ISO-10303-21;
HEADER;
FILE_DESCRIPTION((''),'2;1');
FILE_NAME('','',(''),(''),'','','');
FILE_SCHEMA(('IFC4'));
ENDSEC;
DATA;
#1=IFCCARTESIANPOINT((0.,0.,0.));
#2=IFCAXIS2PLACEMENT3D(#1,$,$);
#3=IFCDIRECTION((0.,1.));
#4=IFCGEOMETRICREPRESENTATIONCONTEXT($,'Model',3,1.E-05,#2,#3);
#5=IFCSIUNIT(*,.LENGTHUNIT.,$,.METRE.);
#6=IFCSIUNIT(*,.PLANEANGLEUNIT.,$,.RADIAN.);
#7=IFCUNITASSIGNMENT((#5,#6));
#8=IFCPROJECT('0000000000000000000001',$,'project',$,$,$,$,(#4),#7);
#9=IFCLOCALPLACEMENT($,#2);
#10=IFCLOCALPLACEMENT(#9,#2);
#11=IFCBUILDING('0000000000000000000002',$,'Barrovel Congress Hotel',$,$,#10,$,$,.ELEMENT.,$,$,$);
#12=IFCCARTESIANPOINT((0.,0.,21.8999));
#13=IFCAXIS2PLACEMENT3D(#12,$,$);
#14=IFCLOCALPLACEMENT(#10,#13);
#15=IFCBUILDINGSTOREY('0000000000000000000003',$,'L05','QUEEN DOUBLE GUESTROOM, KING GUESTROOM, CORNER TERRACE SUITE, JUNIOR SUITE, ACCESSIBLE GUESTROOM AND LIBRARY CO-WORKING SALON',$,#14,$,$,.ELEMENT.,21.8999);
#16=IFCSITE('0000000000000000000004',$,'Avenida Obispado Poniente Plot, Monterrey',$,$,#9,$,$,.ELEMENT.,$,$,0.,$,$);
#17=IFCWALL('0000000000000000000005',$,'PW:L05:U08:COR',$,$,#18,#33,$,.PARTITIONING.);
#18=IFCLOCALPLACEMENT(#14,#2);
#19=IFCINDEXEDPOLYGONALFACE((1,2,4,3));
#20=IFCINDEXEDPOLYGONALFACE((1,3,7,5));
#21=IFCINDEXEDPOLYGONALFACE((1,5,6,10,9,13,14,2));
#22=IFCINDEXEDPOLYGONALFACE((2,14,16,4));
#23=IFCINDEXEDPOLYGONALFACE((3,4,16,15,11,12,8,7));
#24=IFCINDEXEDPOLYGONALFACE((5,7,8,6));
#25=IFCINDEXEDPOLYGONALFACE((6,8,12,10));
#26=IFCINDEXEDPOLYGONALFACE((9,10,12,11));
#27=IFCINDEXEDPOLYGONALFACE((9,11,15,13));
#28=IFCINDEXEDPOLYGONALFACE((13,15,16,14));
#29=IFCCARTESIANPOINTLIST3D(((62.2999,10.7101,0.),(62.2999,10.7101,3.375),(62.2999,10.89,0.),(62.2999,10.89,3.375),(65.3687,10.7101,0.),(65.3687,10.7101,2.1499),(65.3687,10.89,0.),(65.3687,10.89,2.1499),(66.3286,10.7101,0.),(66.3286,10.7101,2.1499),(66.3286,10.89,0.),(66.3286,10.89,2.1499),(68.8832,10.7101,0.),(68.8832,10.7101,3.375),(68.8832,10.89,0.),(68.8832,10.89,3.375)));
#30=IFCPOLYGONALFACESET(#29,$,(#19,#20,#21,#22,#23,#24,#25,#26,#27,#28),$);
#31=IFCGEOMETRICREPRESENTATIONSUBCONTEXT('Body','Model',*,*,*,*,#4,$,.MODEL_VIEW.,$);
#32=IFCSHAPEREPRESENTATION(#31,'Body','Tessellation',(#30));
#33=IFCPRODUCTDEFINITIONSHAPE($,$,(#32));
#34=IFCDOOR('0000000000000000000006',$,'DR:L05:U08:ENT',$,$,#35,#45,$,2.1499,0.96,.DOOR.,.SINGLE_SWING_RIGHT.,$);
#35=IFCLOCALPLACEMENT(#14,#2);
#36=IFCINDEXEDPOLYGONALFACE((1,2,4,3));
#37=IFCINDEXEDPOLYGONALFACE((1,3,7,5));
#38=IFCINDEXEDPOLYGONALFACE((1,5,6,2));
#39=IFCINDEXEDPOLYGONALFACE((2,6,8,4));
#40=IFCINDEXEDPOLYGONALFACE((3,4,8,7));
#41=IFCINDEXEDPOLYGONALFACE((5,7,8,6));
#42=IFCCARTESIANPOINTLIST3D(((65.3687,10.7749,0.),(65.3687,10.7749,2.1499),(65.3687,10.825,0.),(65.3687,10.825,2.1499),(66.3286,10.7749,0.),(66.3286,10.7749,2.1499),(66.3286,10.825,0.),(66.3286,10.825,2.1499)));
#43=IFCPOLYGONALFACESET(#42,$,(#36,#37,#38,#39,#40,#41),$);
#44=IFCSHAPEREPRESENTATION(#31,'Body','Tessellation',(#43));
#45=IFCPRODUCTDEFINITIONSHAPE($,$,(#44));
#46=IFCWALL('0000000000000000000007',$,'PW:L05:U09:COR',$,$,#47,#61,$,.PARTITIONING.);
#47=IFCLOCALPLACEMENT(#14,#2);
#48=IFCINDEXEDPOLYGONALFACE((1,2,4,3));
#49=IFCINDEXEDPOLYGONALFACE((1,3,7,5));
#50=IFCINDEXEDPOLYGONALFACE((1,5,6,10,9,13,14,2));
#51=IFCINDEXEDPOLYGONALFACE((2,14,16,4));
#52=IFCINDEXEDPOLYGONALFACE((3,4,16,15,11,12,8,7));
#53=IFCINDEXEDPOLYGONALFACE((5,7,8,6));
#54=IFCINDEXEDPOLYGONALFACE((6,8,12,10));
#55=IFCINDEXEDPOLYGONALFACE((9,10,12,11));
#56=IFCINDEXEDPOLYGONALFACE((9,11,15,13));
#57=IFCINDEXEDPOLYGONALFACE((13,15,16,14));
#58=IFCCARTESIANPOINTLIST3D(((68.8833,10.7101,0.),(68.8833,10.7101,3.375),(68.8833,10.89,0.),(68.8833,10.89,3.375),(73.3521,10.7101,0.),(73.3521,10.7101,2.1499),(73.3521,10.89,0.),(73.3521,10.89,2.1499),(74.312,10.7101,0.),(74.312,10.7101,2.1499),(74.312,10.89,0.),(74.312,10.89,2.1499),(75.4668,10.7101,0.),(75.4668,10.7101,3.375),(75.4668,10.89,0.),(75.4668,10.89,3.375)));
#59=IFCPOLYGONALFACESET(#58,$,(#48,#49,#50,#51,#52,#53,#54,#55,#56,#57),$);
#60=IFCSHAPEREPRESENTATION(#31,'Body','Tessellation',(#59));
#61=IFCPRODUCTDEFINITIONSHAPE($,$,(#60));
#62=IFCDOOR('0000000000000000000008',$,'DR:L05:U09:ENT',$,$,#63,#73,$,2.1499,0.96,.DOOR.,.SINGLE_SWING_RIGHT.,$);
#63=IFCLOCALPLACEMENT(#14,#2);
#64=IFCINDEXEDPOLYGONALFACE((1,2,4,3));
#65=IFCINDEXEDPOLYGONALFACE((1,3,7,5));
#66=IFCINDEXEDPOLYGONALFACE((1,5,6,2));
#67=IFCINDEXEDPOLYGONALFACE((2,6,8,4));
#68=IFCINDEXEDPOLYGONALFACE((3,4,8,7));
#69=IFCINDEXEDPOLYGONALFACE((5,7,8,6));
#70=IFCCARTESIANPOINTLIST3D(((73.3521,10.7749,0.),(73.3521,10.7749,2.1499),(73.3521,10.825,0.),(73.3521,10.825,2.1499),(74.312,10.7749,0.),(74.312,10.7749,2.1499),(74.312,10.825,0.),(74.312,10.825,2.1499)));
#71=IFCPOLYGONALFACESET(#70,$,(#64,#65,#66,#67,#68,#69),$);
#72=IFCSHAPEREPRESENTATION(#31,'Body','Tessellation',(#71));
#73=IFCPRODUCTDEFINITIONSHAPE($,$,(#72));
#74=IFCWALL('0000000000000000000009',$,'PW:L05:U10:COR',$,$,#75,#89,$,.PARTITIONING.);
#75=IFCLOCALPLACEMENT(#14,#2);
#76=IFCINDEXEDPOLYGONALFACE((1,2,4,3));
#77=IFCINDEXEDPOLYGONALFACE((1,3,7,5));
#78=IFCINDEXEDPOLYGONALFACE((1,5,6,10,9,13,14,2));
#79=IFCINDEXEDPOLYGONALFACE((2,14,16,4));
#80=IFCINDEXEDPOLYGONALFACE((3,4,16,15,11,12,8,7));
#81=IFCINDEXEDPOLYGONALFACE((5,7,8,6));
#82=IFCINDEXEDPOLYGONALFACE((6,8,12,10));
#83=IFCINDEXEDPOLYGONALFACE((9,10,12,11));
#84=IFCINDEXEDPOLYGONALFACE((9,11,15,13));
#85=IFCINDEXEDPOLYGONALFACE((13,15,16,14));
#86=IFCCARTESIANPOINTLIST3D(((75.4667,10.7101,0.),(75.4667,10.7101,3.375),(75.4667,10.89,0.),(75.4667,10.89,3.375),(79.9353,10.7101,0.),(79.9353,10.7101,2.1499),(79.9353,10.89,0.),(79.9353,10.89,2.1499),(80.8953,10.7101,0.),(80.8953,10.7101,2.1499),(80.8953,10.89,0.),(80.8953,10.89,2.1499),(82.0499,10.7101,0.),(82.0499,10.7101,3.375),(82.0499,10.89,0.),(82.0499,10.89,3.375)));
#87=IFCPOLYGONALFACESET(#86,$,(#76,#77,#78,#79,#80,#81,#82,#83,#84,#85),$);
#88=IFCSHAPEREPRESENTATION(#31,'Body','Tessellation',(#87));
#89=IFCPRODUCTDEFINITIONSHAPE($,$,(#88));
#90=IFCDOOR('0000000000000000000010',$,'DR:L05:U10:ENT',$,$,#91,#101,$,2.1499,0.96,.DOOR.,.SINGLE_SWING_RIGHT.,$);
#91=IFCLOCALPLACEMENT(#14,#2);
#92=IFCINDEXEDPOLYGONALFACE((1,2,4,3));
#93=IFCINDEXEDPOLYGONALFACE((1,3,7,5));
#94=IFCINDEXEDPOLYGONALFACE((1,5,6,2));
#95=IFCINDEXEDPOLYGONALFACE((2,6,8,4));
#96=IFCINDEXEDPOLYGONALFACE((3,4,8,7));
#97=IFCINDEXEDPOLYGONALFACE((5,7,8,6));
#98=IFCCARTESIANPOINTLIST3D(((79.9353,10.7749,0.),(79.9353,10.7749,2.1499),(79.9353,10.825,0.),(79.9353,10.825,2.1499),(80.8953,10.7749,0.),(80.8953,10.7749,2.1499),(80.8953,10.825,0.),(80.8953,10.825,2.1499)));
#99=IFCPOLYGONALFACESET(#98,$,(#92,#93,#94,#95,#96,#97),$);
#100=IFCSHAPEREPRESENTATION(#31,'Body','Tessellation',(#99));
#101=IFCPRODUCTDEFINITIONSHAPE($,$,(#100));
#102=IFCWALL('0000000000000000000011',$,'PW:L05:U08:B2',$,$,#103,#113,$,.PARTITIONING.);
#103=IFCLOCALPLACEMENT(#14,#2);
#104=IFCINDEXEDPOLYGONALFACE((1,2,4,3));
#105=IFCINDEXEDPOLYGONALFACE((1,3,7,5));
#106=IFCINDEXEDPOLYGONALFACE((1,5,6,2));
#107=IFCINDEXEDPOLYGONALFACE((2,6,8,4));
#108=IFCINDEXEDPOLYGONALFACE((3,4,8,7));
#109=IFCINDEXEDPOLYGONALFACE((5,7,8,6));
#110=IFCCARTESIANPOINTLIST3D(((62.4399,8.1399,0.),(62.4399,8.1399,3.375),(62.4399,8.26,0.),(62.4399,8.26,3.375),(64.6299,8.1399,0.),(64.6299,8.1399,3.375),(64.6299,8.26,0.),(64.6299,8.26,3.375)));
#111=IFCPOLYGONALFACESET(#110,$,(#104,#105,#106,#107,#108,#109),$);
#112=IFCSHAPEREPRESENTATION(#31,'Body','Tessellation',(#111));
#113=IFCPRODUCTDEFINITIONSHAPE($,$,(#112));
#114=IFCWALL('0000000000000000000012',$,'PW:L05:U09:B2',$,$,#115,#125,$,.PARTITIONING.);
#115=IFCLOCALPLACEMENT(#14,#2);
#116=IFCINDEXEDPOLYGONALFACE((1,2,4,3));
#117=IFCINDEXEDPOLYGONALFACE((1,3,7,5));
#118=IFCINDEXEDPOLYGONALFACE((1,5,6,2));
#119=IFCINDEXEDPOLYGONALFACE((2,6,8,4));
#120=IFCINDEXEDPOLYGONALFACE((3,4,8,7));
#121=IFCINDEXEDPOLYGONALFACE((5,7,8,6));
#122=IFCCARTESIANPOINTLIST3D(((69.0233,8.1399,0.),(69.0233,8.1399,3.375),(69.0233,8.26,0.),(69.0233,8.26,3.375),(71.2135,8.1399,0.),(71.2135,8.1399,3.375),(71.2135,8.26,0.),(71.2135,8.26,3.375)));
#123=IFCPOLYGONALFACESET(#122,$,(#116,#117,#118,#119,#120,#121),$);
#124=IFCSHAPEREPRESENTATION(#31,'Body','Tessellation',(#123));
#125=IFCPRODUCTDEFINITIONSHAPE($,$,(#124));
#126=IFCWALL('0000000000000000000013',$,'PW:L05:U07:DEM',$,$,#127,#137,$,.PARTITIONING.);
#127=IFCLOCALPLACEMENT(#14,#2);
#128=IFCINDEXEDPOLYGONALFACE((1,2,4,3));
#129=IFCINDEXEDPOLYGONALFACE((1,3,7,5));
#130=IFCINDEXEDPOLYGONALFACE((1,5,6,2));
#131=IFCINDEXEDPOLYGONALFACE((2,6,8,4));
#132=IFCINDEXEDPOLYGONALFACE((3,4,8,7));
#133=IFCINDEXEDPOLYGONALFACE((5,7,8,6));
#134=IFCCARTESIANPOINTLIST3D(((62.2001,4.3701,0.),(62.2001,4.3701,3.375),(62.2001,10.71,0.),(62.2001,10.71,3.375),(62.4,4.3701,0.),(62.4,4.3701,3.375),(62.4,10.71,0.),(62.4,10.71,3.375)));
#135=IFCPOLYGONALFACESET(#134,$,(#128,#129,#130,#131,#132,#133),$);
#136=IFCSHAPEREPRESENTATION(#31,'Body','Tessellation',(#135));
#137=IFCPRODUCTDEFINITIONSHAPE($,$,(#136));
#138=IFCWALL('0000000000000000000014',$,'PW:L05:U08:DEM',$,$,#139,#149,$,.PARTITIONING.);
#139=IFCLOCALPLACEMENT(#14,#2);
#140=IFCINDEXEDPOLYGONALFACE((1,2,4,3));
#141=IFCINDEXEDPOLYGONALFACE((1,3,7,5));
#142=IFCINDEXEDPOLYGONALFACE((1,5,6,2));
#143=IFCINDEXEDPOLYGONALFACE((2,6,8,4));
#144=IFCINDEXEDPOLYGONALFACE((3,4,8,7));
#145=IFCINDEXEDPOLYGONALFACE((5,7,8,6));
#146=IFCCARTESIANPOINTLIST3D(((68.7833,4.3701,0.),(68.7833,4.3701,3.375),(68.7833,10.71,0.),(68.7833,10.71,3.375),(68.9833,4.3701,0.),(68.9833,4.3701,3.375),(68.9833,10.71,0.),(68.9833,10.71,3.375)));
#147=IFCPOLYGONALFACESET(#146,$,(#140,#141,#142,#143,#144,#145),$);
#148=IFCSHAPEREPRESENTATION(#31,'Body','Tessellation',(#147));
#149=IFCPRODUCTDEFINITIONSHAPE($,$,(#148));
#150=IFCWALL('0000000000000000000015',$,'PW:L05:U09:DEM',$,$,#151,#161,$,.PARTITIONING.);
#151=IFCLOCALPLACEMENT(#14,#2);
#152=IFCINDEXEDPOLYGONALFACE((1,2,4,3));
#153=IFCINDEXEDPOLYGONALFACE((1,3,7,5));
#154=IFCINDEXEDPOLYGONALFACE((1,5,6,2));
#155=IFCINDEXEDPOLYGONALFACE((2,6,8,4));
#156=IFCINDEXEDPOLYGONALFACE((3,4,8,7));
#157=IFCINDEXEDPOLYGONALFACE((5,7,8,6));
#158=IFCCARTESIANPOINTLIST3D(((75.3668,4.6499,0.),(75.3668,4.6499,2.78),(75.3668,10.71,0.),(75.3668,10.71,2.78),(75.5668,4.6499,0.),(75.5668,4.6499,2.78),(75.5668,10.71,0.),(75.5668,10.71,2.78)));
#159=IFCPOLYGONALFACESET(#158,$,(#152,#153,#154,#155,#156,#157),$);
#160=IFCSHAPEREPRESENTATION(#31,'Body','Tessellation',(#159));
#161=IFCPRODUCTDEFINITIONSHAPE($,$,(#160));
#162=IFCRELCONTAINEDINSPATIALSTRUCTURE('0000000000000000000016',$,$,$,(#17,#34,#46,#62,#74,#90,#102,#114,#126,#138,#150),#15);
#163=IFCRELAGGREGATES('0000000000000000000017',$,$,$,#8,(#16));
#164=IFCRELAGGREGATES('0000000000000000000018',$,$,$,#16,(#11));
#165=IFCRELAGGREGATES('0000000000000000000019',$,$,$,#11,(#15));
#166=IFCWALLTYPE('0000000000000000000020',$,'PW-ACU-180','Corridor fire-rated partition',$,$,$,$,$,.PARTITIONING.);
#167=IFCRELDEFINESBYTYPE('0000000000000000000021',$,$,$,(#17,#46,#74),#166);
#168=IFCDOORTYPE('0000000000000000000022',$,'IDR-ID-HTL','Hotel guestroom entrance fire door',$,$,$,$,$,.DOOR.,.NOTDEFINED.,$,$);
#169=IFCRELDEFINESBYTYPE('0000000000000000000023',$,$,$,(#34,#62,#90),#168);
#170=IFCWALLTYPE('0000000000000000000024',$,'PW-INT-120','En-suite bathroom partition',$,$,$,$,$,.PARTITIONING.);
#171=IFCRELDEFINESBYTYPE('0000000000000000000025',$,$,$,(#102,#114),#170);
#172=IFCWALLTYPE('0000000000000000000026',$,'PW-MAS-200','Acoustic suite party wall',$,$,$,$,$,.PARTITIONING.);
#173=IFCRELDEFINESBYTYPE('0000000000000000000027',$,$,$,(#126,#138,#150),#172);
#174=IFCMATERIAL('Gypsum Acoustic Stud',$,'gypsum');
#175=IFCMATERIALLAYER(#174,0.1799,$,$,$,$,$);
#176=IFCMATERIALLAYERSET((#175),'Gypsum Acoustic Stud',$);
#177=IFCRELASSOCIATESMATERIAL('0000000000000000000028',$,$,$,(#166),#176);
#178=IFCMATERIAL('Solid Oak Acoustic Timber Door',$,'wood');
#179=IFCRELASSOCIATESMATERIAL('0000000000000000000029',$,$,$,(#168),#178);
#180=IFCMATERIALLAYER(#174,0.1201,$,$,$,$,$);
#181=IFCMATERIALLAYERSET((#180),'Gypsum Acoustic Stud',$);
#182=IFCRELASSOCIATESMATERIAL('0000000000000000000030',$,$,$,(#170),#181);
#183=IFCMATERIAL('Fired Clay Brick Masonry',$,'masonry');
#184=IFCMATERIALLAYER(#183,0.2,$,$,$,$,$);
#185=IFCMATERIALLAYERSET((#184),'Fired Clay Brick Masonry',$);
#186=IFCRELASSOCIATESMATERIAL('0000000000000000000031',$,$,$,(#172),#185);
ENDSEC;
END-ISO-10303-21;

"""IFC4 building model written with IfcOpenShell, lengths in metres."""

from ifc_helpers import new_model, si_unit, direction, frame, frame_2d, origin, place, context, subcontext, project, spatial, rectangle, extrude, material, layer, layer_set, type_object, element, fill, save


model = new_model("IFC4")

# Units and contexts
model_context = context("Model", 3, precision=1e-05, world=origin(), true_north=direction((0.0, 1.0)))
body_context = subcontext(model_context, "Body", "Model", "MODEL_VIEW")
ifc_project = project(units=[si_unit("LENGTHUNIT", "METRE"), si_unit("PLANEANGLEUNIT", "RADIAN")], contexts=[model_context])

# Site, building, storey
site_placement = place(None, origin())
site = spatial("IfcSite", under=ifc_project, at=site_placement, Name="Avenida Obispado Poniente Plot, Monterrey", CompositionType="ELEMENT", RefElevation=0.0)
building_placement = place(site_placement, origin())
building = spatial("IfcBuilding", under=site, at=building_placement, Name="Barrovel Congress Hotel", CompositionType="ELEMENT")
storey_placement = place(building_placement, frame((0.0, 0.0, 21.8999)))
storey = spatial("IfcBuildingStorey", under=building, at=storey_placement, Name="L05", Description="QUEEN DOUBLE GUESTROOM, KING GUESTROOM, CORNER TERRACE SUITE, JUNIOR SUITE, ACCESSIBLE GUESTROOM AND LIBRARY CO-WORKING SALON", CompositionType="ELEMENT", Elevation=21.8999)

# Shared definitions
ifc_material_1 = material(Name="Fired Clay Brick Masonry", Category="masonry")

# Walls, openings, doors
ifc_material_2 = material(Name="Gypsum Acoustic Stud", Category="gypsum")
ifc_layer_1 = layer(ifc_material_2, 0.1799)
ifc_layer_set_1 = layer_set([ifc_layer_1], Name="Gypsum Acoustic Stud")
wall_type_1 = type_object("IfcWallType", Name="PW-ACU-180", Description="Corridor fire-rated partition", PredefinedType="PARTITIONING", material=ifc_layer_set_1)
wall_1_placement = place(storey_placement, frame((62.3, 10.8, 0.0), z_axis=(0.0, 0.0, 1.0), x_axis=(1.0, 0.0, 0.0)))
wall_1 = element("IfcWall", 1, at=wall_1_placement, inside=storey, type_object=wall_type_1, Name="PW:L05:U08:COR", PredefinedType="PARTITIONING", context=body_context, shape_type="SweptSolid", body=[
    extrude(rectangle(XDim=6.5833, YDim=0.1799, at=frame_2d((3.2915, 0.0))), origin(), (0.0, 0.0, 1.0), 3.375),
])
opening_1_placement = place(wall_1_placement, frame((3.0686, 0.0, 0.0)))
opening_1 = element("IfcOpeningElement", 2, at=opening_1_placement, cuts=wall_1, PredefinedType="OPENING", context=body_context, shape_type="SweptSolid", body=[
    extrude(rectangle(XDim=0.96, YDim=2.1499, at=frame_2d((0.48, 1.075))), frame((0.0, 0.1001, 0.0), z_axis=(0.0, -1.0, 0.0), x_axis=(1.0, 0.0, 0.0)), (0.0, 0.0, 1.0), 0.2),
])
ifc_material_3 = material(Name="Solid Oak Acoustic Timber Door", Category="wood")
door_type_1 = type_object("IfcDoorType", Name="IDR-ID-HTL", Description="Hotel guestroom entrance fire door", OperationType="NOTDEFINED", PredefinedType="DOOR", material=ifc_material_3)
door_1_placement = place(opening_1_placement, origin())
door_1 = element("IfcDoor", 3, at=door_1_placement, inside=storey, type_object=door_type_1, Name="DR:L05:U08:ENT", OperationType="SINGLE_SWING_RIGHT", OverallHeight=2.1499, OverallWidth=0.96, PredefinedType="DOOR", context=body_context, shape_type="SweptSolid", body=[
    extrude(rectangle(XDim=0.96, YDim=2.1499, at=frame_2d((0.48, 1.075))), frame((0.0, 0.0249, 0.0), z_axis=(0.0, -1.0, 0.0), x_axis=(1.0, 0.0, 0.0)), (0.0, 0.0, 1.0), 0.05),
])
fill(opening_1, door_1)
wall_2_placement = place(storey_placement, frame((68.8833, 10.8, 0.0), z_axis=(0.0, 0.0, 1.0), x_axis=(1.0, 0.0, 0.0)))
wall_2 = element("IfcWall", 4, at=wall_2_placement, inside=storey, type_object=wall_type_1, Name="PW:L05:U09:COR", PredefinedType="PARTITIONING", context=body_context, shape_type="SweptSolid", body=[
    extrude(rectangle(XDim=6.5835, YDim=0.1799, at=frame_2d((3.2917, 0.0))), origin(), (0.0, 0.0, 1.0), 3.375),
])
opening_2_placement = place(wall_2_placement, frame((4.4688, 0.0, 0.0)))
opening_2 = element("IfcOpeningElement", 5, at=opening_2_placement, cuts=wall_2, PredefinedType="OPENING", context=body_context, shape_type="SweptSolid", body=[
    extrude(rectangle(XDim=0.96, YDim=2.1499, at=frame_2d((0.48, 1.075))), frame((0.0, 0.1001, 0.0), z_axis=(0.0, -1.0, 0.0), x_axis=(1.0, 0.0, 0.0)), (0.0, 0.0, 1.0), 0.2),
])
door_2_placement = place(opening_2_placement, origin())
door_2 = element("IfcDoor", 6, at=door_2_placement, inside=storey, type_object=door_type_1, Name="DR:L05:U09:ENT", OperationType="SINGLE_SWING_RIGHT", OverallHeight=2.1499, OverallWidth=0.96, PredefinedType="DOOR", context=body_context, shape_type="SweptSolid", body=[
    extrude(rectangle(XDim=0.96, YDim=2.1499, at=frame_2d((0.48, 1.075))), frame((0.0, 0.0249, 0.0), z_axis=(0.0, -1.0, 0.0), x_axis=(1.0, 0.0, 0.0)), (0.0, 0.0, 1.0), 0.05),
])
fill(opening_2, door_2)
wall_3_placement = place(storey_placement, frame((75.4668, 10.8, 0.0), z_axis=(0.0, 0.0, 1.0), x_axis=(1.0, 0.0, 0.0)))
wall_3 = element("IfcWall", 7, at=wall_3_placement, inside=storey, type_object=wall_type_1, Name="PW:L05:U10:COR", PredefinedType="PARTITIONING", context=body_context, shape_type="SweptSolid", body=[
    extrude(rectangle(XDim=6.5833, YDim=0.1799, at=frame_2d((3.2915, 0.0))), origin(), (0.0, 0.0, 1.0), 3.375),
])
opening_3_placement = place(wall_3_placement, frame((4.4685, 0.0, 0.0)))
opening_3 = element("IfcOpeningElement", 8, at=opening_3_placement, cuts=wall_3, PredefinedType="OPENING", context=body_context, shape_type="SweptSolid", body=[
    extrude(rectangle(XDim=0.96, YDim=2.1499, at=frame_2d((0.48, 1.075))), frame((0.0, 0.1001, 0.0), z_axis=(0.0, -1.0, 0.0), x_axis=(1.0, 0.0, 0.0)), (0.0, 0.0, 1.0), 0.2),
])
door_3_placement = place(opening_3_placement, origin())
door_3 = element("IfcDoor", 9, at=door_3_placement, inside=storey, type_object=door_type_1, Name="DR:L05:U10:ENT", OperationType="SINGLE_SWING_RIGHT", OverallHeight=2.1499, OverallWidth=0.96, PredefinedType="DOOR", context=body_context, shape_type="SweptSolid", body=[
    extrude(rectangle(XDim=0.96, YDim=2.1499, at=frame_2d((0.48, 1.075))), frame((0.0, 0.0249, 0.0), z_axis=(0.0, -1.0, 0.0), x_axis=(1.0, 0.0, 0.0)), (0.0, 0.0, 1.0), 0.05),
])
fill(opening_3, door_3)

# Walls
ifc_layer_2 = layer(ifc_material_2, 0.1201)
ifc_layer_set_2 = layer_set([ifc_layer_2], Name="Gypsum Acoustic Stud")
wall_type_2 = type_object("IfcWallType", Name="PW-INT-120", Description="En-suite bathroom partition", PredefinedType="PARTITIONING", material=ifc_layer_set_2)
wall_4_placement = place(storey_placement, frame((62.4399, 8.2, 0.0), z_axis=(0.0, 0.0, 1.0), x_axis=(1.0, 0.0, 0.0)))
element("IfcWall", 10, at=wall_4_placement, inside=storey, type_object=wall_type_2, Name="PW:L05:U08:B2", PredefinedType="PARTITIONING", context=body_context, shape_type="SweptSolid", body=[
    extrude(rectangle(XDim=2.1899, YDim=0.1201, at=frame_2d((1.095, 0.0))), origin(), (0.0, 0.0, 1.0), 3.375),
])
wall_5_placement = place(storey_placement, frame((69.0232, 8.2, 0.0), z_axis=(0.0, 0.0, 1.0), x_axis=(1.0, 0.0, 0.0)))
element("IfcWall", 11, at=wall_5_placement, inside=storey, type_object=wall_type_2, Name="PW:L05:U09:B2", PredefinedType="PARTITIONING", context=body_context, shape_type="SweptSolid", body=[
    extrude(rectangle(XDim=2.1902, YDim=0.1201, at=frame_2d((1.0952, 0.0))), origin(), (0.0, 0.0, 1.0), 3.375),
])
ifc_layer_3 = layer(ifc_material_1, 0.2)
ifc_layer_set_3 = layer_set([ifc_layer_3], Name="Fired Clay Brick Masonry")
wall_type_3 = type_object("IfcWallType", Name="PW-MAS-200", Description="Acoustic suite party wall", PredefinedType="PARTITIONING", material=ifc_layer_set_3)
for number, where, z_axis, x_axis, name in (
    (12, (62.3, 4.3701, 0.0), (0.0, 0.0, 1.0), (0.0, 1.0, 0.0), "PW:L05:U07:DEM"),
    (13, (68.8833, 4.3701, 0.0), (0.0, 0.0, 1.0), (0.0, 1.0, 0.0), "PW:L05:U08:DEM"),
):
    element("IfcWall", number, at=place(storey_placement, frame(where, z_axis=z_axis, x_axis=x_axis)), inside=storey, type_object=wall_type_3, Name=name, PredefinedType="PARTITIONING", context=body_context, shape_type="SweptSolid", body=[
        extrude(rectangle(XDim=6.3398, YDim=0.2, at=frame_2d((3.1699, 0.0))), origin(), (0.0, 0.0, 1.0), 3.375),
    ])
wall_6_placement = place(storey_placement, frame((75.4668, 4.6499, 0.0), z_axis=(0.0, 0.0, 1.0), x_axis=(0.0, 1.0, 0.0)))
element("IfcWall", 14, at=wall_6_placement, inside=storey, type_object=wall_type_3, Name="PW:L05:U09:DEM", PredefinedType="PARTITIONING", context=body_context, shape_type="SweptSolid", body=[
    extrude(rectangle(XDim=6.0601, YDim=0.2, at=frame_2d((3.03, 0.0))), origin(), (0.0, 0.0, 1.0), 2.78),
])

save(model, "model.ifc")
